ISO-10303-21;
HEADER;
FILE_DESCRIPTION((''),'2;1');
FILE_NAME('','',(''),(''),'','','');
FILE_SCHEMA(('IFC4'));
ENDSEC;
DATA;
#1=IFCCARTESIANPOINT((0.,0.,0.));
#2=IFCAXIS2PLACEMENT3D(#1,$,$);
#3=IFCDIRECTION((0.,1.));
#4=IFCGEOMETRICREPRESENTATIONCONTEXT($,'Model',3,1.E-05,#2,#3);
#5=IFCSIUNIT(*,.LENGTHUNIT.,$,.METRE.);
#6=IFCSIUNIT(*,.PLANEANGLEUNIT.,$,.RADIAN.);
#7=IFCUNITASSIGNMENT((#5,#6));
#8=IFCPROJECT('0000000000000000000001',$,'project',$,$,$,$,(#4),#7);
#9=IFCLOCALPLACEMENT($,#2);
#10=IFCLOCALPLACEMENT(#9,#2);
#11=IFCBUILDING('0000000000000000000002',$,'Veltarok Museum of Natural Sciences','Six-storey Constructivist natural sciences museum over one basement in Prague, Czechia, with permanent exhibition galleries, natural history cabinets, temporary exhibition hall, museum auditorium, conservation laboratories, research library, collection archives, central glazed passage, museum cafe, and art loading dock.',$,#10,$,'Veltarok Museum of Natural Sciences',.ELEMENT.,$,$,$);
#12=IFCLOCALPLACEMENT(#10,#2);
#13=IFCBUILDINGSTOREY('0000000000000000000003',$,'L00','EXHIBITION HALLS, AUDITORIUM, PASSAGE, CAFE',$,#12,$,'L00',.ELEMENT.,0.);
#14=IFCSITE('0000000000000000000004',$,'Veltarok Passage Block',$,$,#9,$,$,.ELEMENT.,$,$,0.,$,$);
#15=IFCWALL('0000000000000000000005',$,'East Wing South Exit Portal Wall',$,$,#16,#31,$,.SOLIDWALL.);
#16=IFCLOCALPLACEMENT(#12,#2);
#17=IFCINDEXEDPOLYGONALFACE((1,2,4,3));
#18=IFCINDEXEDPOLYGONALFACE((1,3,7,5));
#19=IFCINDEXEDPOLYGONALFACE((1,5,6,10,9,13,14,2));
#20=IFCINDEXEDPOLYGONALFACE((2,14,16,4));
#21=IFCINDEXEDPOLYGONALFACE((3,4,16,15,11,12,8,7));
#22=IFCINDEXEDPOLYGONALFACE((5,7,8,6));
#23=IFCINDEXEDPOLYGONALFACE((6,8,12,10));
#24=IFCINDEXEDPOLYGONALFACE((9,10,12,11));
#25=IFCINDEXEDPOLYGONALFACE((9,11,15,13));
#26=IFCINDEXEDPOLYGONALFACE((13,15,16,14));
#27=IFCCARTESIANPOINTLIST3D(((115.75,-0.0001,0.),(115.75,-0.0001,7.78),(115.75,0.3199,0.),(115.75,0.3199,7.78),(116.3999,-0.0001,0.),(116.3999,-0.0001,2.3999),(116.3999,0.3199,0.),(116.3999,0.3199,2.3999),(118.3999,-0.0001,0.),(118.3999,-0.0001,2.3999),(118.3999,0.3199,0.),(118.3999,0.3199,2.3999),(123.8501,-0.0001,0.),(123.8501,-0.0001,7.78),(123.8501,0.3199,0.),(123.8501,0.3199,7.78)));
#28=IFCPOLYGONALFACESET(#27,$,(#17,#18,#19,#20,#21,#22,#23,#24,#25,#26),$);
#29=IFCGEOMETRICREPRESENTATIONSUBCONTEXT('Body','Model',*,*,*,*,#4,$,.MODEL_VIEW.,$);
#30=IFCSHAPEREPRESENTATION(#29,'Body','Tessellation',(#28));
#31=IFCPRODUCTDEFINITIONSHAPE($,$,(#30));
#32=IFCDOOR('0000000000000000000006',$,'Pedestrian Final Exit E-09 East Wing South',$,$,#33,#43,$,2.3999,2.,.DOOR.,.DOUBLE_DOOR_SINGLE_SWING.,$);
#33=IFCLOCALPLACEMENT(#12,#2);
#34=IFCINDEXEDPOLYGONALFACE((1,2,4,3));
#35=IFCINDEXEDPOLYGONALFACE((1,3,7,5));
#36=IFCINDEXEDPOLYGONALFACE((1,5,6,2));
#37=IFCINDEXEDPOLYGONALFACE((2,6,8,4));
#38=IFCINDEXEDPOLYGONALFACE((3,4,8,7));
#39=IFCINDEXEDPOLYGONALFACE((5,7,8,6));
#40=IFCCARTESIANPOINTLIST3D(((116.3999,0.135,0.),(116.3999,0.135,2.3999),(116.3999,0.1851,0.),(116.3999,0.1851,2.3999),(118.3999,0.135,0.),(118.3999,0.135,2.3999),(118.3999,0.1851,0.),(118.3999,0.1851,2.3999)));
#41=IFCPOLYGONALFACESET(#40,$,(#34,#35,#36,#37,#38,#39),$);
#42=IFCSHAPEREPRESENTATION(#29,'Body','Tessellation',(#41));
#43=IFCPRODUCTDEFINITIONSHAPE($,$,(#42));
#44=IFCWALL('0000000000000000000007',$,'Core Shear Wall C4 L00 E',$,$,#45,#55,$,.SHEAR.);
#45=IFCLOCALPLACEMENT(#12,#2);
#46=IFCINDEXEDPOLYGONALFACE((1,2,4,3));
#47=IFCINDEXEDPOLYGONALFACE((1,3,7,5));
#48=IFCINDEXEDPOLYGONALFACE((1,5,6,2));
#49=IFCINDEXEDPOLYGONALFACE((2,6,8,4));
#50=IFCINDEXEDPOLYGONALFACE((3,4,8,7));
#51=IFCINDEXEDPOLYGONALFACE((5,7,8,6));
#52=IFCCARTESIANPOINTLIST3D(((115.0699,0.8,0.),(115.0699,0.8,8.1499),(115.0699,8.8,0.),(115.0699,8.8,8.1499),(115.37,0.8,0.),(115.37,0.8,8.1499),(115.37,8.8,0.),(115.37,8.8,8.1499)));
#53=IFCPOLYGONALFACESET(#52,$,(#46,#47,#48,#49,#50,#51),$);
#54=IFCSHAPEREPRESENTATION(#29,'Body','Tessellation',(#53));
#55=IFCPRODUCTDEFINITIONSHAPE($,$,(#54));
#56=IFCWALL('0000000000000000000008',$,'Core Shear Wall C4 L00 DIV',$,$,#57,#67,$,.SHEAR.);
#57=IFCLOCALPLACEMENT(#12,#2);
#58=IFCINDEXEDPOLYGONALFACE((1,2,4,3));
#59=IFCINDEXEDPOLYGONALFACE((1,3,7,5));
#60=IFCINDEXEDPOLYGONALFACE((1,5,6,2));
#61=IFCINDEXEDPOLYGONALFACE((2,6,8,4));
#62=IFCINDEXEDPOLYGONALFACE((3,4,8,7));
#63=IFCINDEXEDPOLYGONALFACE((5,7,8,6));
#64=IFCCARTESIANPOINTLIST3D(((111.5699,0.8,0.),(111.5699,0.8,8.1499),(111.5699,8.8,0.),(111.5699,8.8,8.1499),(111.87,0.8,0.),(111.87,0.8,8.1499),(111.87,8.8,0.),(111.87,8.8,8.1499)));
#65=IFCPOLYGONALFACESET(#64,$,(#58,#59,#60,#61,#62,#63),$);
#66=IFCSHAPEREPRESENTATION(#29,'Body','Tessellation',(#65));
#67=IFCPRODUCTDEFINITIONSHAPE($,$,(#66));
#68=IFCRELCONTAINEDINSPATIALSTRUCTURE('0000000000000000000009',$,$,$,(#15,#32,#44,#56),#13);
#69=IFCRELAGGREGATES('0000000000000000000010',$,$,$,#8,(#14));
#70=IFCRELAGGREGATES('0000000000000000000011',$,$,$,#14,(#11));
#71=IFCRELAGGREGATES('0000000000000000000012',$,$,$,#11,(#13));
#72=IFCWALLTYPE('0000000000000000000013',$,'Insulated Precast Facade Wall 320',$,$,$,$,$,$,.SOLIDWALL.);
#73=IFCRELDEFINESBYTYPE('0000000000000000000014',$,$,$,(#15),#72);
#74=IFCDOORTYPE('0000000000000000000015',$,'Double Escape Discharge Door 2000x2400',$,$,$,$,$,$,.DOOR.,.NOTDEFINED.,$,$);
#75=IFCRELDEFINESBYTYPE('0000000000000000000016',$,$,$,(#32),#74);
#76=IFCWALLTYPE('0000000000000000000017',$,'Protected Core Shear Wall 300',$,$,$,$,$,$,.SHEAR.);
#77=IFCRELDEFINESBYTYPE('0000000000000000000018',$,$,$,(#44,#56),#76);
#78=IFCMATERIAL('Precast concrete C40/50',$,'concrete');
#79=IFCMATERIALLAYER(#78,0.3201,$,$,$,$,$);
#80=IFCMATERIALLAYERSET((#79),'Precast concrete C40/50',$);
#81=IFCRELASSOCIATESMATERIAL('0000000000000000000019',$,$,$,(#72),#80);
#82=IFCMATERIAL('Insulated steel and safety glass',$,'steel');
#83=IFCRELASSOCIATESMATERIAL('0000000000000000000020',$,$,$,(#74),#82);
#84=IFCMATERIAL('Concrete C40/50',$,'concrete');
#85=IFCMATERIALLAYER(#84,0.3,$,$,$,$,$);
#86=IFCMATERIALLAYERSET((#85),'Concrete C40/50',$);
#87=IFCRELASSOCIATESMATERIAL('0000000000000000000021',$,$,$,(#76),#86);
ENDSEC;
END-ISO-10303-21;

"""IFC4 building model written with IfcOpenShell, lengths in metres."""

from ifc_helpers import new_model, si_unit, direction, frame, frame_2d, origin, place, context, subcontext, project, spatial, rectangle, extrude, material, layer, layer_set, type_object, element, fill, save


model = new_model("IFC4")

# Units and contexts
model_context = context("Model", 3, precision=1e-05, world=origin(), true_north=direction((0.0, 1.0)))
body_context = subcontext(model_context, "Body", "Model", "MODEL_VIEW")
ifc_project = project(units=[si_unit("LENGTHUNIT", "METRE"), si_unit("PLANEANGLEUNIT", "RADIAN")], contexts=[model_context])

# Site, building, storey
site_placement = place(None, origin())
site = spatial("IfcSite", under=ifc_project, at=site_placement, Name="Veltarok Passage Block", CompositionType="ELEMENT", RefElevation=0.0)
building_placement = place(site_placement, origin())
building = spatial("IfcBuilding", under=site, at=building_placement, Name="Veltarok Museum of Natural Sciences", Description="Six-storey Constructivist natural sciences museum over one basement in Prague, Czechia, with permanent exhibition galleries, natural history cabinets, temporary exhibition hall, museum auditorium, conservation laboratories, research library, collection archives, central glazed passage, museum cafe, and art loading dock.", LongName="Veltarok Museum of Natural Sciences", CompositionType="ELEMENT")
storey_placement = place(building_placement, origin())
storey = spatial("IfcBuildingStorey", under=building, at=storey_placement, Name="L00", Description="EXHIBITION HALLS, AUDITORIUM, PASSAGE, CAFE", LongName="L00", CompositionType="ELEMENT", Elevation=0.0)

# Shared definitions
ifc_material_1 = material(Name="Precast concrete C40/50", Category="concrete")

# Wall, opening, door
ifc_layer_1 = layer(ifc_material_1, 0.3201)
ifc_layer_set_1 = layer_set([ifc_layer_1], Name="Precast concrete C40/50")
wall_type_1 = type_object("IfcWallType", Name="Insulated Precast Facade Wall 320", PredefinedType="SOLIDWALL", material=ifc_layer_set_1)
wall_1_placement = place(storey_placement, frame((115.75, 0.1599, 0.0), z_axis=(0.0, 0.0, 1.0), x_axis=(1.0, 0.0, 0.0)))
wall_1 = element("IfcWall", 1, at=wall_1_placement, inside=storey, type_object=wall_type_1, Name="East Wing South Exit Portal Wall", PredefinedType="SOLIDWALL", context=body_context, shape_type="SweptSolid", body=[
    extrude(rectangle(XDim=8.1001, YDim=0.3201, at=frame_2d((4.05, 0.0))), origin(), (0.0, 0.0, 1.0), 7.78),
])
opening_placement = place(wall_1_placement, frame((0.6499, 0.0, 0.0)))
opening = element("IfcOpeningElement", 2, at=opening_placement, cuts=wall_1, PredefinedType="OPENING", context=body_context, shape_type="SweptSolid", body=[
    extrude(rectangle(XDim=2.0, YDim=2.3999, at=frame_2d((1.0, 1.2))), frame((0.0, 0.1699, 0.0), z_axis=(0.0, -1.0, 0.0), x_axis=(1.0, 0.0, 0.0)), (0.0, 0.0, 1.0), 0.3401),
])
ifc_material_2 = material(Name="Insulated steel and safety glass", Category="steel")
door_type = type_object("IfcDoorType", Name="Double Escape Discharge Door 2000x2400", OperationType="NOTDEFINED", PredefinedType="DOOR", material=ifc_material_2)
door_placement = place(opening_placement, frame((2.0, 0.0, 0.0), z_axis=(0.0, 0.0, 1.0), x_axis=(-1.0, 0.0, 0.0)))
door = element("IfcDoor", 3, at=door_placement, inside=storey, type_object=door_type, Name="Pedestrian Final Exit E-09 East Wing South", OperationType="DOUBLE_DOOR_SINGLE_SWING", OverallHeight=2.3999, OverallWidth=2.0, PredefinedType="DOOR", context=body_context, shape_type="SweptSolid", body=[
    extrude(rectangle(XDim=2.0, YDim=2.3999, at=frame_2d((1.0, 1.2))), frame((0.0, 0.0249, 0.0), z_axis=(0.0, -1.0, 0.0), x_axis=(1.0, 0.0, 0.0)), (0.0, 0.0, 1.0), 0.05),
])
fill(opening, door)

# Walls
ifc_material_3 = material(Name="Concrete C40/50", Category="concrete")
ifc_layer_2 = layer(ifc_material_3, 0.3)
ifc_layer_set_2 = layer_set([ifc_layer_2], Name="Concrete C40/50")
wall_type_2 = type_object("IfcWallType", Name="Protected Core Shear Wall 300", PredefinedType="SHEAR", material=ifc_layer_set_2)
for number, where, z_axis, x_axis, name in (
    (4, (115.22, 0.8, 0.0), (0.0, 0.0, 1.0), (0.0, 1.0, 0.0), "Core Shear Wall C4 L00 E"),
    (5, (111.72, 0.8, 0.0), (0.0, 0.0, 1.0), (0.0, 1.0, 0.0), "Core Shear Wall C4 L00 DIV"),
):
    element("IfcWall", number, at=place(storey_placement, frame(where, z_axis=z_axis, x_axis=x_axis)), inside=storey, type_object=wall_type_2, Name=name, PredefinedType="SHEAR", context=body_context, shape_type="SweptSolid", body=[
        extrude(rectangle(XDim=8.0, YDim=0.3, at=frame_2d((4.0, 0.0))), origin(), (0.0, 0.0, 1.0), 8.1499),
    ])

save(model, "model.ifc")
